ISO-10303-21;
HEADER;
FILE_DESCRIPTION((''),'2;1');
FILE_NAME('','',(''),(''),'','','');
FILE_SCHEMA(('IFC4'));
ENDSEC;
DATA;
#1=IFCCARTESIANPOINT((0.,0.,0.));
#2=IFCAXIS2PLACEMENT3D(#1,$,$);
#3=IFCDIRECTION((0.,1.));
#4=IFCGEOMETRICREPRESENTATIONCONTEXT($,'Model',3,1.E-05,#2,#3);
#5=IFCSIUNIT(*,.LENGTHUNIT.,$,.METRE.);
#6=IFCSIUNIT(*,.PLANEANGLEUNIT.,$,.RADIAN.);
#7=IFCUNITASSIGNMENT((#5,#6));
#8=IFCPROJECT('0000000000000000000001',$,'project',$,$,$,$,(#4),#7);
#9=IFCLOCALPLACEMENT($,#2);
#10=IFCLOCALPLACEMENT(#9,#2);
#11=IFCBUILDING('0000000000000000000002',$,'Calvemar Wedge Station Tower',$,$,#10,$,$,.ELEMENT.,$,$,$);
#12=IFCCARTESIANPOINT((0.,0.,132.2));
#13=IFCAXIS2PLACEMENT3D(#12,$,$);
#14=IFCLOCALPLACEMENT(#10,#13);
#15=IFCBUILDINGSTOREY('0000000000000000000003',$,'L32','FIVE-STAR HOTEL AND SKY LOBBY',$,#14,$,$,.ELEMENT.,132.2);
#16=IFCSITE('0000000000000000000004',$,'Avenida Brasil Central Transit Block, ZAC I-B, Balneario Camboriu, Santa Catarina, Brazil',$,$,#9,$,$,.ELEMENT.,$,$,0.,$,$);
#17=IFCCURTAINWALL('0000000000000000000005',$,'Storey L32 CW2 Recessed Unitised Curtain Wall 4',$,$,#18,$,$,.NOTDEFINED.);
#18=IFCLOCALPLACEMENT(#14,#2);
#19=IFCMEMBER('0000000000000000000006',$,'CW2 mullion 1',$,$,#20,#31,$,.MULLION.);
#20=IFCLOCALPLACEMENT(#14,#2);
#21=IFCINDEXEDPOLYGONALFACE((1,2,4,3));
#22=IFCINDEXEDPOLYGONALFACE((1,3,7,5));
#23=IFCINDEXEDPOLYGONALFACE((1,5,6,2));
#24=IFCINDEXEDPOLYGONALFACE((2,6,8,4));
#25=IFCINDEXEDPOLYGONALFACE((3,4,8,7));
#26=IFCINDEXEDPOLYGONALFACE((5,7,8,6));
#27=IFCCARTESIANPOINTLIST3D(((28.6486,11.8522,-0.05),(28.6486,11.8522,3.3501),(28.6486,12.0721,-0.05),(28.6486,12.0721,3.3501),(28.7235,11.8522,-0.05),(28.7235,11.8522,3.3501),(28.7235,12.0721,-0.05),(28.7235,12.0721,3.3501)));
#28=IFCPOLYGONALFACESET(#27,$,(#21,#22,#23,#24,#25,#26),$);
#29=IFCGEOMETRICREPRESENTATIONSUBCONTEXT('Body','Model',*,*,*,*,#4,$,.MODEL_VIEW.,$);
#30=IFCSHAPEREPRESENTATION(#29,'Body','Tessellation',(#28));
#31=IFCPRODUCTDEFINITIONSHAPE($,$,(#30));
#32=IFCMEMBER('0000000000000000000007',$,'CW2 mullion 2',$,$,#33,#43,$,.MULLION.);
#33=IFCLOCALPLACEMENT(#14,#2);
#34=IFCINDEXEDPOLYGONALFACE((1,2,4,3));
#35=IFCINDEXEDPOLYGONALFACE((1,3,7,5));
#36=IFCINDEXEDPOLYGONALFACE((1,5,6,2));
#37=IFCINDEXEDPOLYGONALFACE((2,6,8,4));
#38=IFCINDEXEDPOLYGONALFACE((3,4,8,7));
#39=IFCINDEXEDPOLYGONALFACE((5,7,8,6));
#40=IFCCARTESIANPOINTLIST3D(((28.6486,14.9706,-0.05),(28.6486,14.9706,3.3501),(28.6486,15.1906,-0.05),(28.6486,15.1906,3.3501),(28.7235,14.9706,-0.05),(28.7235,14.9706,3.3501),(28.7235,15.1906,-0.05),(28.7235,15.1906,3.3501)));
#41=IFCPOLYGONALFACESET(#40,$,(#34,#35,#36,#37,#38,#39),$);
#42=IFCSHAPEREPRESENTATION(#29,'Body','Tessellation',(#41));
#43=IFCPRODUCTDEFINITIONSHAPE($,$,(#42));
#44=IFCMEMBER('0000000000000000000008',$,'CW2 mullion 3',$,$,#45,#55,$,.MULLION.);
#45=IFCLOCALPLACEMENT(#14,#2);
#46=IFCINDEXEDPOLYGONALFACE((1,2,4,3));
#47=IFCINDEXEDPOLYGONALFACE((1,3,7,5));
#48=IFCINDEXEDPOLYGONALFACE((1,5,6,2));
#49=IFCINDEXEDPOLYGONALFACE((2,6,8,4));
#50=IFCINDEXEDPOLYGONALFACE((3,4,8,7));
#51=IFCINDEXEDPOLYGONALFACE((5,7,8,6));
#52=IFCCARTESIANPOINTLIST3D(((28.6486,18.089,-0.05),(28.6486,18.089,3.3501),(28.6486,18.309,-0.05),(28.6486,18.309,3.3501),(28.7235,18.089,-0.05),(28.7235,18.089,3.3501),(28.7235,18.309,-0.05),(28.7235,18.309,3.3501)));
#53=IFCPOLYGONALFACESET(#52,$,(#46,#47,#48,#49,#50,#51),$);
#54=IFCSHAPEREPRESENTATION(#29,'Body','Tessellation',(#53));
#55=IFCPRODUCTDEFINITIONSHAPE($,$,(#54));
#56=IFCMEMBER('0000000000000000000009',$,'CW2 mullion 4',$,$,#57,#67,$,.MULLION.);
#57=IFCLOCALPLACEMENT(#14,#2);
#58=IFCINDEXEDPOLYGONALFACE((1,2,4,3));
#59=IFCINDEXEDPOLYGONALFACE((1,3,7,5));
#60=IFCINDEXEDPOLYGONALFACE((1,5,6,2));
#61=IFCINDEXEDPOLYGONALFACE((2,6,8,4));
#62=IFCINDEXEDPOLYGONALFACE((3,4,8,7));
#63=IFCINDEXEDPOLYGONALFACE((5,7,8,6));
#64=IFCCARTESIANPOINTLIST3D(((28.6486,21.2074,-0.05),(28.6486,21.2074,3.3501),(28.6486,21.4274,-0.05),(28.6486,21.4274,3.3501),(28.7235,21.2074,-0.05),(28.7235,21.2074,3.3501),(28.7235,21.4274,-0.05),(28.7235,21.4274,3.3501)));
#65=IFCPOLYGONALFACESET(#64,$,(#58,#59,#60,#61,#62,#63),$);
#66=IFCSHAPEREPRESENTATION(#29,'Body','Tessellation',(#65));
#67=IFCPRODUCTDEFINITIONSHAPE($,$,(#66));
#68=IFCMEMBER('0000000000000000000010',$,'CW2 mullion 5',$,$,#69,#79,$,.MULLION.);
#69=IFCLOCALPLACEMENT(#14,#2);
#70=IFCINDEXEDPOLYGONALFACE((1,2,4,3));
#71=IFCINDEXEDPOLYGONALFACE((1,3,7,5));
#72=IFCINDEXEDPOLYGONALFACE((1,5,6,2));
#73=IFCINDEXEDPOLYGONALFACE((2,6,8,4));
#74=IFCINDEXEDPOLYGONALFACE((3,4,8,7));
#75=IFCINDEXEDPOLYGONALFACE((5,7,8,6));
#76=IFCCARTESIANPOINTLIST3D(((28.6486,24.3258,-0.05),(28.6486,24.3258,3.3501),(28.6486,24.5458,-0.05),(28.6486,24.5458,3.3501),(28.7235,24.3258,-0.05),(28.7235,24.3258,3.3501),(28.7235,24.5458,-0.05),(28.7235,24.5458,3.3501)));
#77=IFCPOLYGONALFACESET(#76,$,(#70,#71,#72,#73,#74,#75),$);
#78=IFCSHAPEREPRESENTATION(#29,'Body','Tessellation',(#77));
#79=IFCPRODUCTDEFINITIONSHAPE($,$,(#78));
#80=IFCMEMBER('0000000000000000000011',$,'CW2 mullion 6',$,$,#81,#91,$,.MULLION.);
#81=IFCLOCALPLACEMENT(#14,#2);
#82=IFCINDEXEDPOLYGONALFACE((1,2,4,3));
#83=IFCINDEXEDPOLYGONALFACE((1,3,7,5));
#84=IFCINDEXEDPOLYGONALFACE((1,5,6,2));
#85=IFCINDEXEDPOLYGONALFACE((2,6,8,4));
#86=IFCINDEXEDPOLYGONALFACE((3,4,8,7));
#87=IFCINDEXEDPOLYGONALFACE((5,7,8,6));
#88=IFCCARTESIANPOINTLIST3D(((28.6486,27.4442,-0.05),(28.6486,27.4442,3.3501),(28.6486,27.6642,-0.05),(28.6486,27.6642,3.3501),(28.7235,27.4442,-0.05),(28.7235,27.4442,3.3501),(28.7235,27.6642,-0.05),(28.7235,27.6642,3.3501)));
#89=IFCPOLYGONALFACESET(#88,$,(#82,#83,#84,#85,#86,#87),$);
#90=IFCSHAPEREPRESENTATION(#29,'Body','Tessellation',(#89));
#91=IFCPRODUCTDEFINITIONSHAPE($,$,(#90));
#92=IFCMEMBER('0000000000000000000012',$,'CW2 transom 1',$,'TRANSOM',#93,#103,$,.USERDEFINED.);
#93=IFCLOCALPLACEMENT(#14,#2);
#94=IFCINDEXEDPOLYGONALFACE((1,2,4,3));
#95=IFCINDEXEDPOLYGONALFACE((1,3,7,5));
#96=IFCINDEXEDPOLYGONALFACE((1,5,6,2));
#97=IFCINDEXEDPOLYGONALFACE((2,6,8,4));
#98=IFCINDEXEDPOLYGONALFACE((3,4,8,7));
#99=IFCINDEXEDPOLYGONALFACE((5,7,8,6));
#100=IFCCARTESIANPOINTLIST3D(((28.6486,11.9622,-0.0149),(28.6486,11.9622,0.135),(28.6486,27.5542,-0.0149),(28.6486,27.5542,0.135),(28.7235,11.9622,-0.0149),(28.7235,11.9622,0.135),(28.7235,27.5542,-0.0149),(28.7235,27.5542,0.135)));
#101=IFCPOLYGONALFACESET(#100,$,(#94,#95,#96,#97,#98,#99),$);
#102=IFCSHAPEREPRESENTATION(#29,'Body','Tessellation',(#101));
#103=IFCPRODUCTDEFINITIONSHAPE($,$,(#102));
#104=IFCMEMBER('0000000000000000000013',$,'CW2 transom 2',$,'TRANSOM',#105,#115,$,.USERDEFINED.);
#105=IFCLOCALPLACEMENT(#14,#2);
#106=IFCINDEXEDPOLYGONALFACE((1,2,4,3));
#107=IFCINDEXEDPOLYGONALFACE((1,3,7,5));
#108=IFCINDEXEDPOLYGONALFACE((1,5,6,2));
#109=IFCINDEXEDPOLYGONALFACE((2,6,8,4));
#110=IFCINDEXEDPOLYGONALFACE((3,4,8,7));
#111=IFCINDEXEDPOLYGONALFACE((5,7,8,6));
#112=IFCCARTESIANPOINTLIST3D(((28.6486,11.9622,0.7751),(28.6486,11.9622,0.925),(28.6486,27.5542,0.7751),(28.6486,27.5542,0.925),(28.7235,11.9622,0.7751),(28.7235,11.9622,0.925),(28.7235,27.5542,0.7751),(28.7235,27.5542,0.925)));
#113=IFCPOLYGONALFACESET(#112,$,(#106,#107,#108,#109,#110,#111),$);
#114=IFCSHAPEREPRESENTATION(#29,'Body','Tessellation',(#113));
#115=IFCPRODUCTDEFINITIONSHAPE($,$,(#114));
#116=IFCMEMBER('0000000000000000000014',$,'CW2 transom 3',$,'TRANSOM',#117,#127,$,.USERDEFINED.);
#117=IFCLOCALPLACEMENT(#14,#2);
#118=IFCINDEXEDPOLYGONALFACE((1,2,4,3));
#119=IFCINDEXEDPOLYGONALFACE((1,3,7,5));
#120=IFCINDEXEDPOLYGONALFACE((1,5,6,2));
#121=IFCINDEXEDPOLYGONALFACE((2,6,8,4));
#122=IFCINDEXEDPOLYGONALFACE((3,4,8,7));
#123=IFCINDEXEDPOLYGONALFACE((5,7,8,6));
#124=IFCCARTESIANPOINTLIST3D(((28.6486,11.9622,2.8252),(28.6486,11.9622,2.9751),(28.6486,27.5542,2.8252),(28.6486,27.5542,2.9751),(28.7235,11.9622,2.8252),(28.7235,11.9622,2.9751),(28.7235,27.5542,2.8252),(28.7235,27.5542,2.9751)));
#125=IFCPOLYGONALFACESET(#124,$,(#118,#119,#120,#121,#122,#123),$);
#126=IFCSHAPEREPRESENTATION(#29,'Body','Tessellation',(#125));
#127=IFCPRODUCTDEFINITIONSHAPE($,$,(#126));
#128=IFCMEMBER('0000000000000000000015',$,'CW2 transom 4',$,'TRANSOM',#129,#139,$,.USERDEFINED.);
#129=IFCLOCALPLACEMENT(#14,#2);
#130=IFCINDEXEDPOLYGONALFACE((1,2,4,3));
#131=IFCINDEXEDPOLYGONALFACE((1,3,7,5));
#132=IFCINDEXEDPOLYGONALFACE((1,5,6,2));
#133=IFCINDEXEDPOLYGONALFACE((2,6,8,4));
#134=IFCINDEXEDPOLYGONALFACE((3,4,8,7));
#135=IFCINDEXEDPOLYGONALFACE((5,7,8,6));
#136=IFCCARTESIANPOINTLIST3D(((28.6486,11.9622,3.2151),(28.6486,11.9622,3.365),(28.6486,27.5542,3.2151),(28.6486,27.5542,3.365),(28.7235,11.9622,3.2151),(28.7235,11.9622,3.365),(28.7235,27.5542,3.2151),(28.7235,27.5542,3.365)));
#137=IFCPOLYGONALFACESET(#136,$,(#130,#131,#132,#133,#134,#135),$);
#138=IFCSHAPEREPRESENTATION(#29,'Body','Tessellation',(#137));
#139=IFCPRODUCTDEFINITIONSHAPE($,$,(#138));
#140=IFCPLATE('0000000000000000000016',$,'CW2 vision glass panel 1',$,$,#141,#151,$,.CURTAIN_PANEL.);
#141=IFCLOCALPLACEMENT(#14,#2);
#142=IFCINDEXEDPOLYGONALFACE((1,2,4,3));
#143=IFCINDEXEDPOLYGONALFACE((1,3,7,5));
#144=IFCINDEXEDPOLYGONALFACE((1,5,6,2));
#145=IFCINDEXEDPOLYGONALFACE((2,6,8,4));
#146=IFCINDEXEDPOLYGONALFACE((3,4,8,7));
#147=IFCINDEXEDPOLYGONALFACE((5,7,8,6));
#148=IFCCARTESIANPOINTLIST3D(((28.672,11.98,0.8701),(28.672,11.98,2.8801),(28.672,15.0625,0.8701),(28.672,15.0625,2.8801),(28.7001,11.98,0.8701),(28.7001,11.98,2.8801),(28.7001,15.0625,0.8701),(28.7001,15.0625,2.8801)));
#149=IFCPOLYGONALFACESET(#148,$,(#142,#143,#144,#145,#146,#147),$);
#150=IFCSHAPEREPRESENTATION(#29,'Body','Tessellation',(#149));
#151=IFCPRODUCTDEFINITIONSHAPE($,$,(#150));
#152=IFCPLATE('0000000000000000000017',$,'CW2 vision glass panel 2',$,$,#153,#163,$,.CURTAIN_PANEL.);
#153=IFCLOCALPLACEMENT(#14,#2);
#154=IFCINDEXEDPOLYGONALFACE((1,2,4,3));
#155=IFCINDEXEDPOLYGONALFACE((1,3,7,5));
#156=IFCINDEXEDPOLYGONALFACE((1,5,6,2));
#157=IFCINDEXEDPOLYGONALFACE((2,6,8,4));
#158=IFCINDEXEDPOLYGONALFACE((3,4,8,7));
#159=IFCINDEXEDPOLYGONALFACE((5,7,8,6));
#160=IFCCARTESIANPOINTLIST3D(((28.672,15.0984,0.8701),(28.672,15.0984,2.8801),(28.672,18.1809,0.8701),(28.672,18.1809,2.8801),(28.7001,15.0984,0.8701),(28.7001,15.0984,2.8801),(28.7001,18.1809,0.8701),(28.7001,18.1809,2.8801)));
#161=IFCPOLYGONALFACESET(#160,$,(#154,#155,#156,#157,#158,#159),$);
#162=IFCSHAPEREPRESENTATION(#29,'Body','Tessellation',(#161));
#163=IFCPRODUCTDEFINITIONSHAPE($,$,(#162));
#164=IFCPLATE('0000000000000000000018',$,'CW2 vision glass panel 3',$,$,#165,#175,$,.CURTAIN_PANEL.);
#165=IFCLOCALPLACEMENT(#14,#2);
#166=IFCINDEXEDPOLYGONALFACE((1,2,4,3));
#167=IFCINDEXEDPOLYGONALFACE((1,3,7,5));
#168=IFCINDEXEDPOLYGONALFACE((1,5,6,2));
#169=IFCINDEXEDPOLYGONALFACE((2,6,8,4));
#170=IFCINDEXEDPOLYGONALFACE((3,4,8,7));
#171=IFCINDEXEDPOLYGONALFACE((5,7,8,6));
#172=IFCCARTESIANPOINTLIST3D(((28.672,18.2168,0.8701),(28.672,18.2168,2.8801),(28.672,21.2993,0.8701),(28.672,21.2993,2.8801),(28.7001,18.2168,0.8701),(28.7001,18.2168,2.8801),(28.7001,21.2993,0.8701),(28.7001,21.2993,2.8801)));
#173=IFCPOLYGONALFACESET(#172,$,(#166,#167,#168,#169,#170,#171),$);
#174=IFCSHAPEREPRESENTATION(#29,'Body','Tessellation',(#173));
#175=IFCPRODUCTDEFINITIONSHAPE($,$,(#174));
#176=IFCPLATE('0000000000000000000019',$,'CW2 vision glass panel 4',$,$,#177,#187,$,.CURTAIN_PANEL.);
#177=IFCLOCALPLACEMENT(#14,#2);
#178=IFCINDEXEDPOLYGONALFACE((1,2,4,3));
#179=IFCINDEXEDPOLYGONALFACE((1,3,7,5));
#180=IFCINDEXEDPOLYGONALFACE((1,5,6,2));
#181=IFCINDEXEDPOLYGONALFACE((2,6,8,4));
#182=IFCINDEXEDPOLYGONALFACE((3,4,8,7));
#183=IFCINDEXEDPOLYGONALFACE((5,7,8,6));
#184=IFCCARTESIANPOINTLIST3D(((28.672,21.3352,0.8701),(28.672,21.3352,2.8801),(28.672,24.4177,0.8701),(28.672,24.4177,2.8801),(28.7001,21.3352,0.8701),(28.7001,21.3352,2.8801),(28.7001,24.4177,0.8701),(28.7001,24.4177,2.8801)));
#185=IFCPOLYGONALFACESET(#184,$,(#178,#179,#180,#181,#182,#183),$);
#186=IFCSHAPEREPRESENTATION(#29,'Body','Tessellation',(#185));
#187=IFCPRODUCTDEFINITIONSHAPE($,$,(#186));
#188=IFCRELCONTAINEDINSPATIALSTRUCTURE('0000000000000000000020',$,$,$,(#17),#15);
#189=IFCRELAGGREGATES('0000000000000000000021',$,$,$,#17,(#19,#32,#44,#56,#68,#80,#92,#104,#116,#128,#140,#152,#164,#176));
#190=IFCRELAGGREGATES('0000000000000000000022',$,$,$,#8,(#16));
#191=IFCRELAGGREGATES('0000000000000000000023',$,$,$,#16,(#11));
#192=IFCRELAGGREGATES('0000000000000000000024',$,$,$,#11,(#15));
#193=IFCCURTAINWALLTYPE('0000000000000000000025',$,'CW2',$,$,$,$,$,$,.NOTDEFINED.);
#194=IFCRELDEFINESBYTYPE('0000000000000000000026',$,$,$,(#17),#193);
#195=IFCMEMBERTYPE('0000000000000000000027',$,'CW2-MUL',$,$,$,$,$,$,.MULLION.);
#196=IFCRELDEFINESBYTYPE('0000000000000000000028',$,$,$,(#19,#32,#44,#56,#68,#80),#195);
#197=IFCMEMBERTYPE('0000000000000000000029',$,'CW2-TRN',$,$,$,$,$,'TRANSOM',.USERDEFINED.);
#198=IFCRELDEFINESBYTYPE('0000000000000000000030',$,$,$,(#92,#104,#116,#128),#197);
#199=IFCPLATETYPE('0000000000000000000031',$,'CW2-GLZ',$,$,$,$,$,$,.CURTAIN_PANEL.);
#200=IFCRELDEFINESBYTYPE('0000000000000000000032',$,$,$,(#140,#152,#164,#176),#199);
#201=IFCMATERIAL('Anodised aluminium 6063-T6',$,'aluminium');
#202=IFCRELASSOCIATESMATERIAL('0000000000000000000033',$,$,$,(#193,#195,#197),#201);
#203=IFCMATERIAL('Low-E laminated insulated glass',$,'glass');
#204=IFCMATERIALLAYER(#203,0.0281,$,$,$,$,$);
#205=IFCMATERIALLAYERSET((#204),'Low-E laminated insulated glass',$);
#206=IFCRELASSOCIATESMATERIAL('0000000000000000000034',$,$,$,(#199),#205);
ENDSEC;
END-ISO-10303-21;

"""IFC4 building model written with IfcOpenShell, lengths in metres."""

from ifc_helpers import new_model, si_unit, direction, frame, frame_2d, origin, origin_2d, place, context, subcontext, project, spatial, rectangle, extrude, source, transform, mapped, material, layer, layer_set, material_profile, profile_set, type_object, element, aggregate, save


model = new_model("IFC4")

# Units and contexts
model_context = context("Model", 3, precision=1e-05, world=origin(), true_north=direction((0.0, 1.0)))
body_context = subcontext(model_context, "Body", "Model", "MODEL_VIEW")
ifc_project = project(units=[si_unit("LENGTHUNIT", "METRE"), si_unit("PLANEANGLEUNIT", "RADIAN")], contexts=[model_context])

# Site, building, storey
site_placement = place(None, origin())
site = spatial("IfcSite", under=ifc_project, at=site_placement, Name="Avenida Brasil Central Transit Block, ZAC I-B, Balneario Camboriu, Santa Catarina, Brazil", CompositionType="ELEMENT", RefElevation=0.0)
building_placement = place(site_placement, origin())
building = spatial("IfcBuilding", under=site, at=building_placement, Name="Calvemar Wedge Station Tower", CompositionType="ELEMENT")
storey_placement = place(building_placement, frame((0.0, 0.0, 132.2)))
storey = spatial("IfcBuildingStorey", under=building, at=storey_placement, Name="L32", Description="FIVE-STAR HOTEL AND SKY LOBBY", CompositionType="ELEMENT", Elevation=132.2)

# Curtain wall, members, plates
ifc_material_1 = material(Name="Anodised aluminium 6063-T6", Category="aluminium")
curtain_wall_type = type_object("IfcCurtainWallType", Name="CW2", PredefinedType="NOTDEFINED", material=ifc_material_1)
curtain_wall_placement = place(storey_placement, origin())
curtain_wall = element("IfcCurtainWall", 1, at=curtain_wall_placement, inside=storey, type_object=curtain_wall_type, Name="Storey L32 CW2 Recessed Unitised Curtain Wall 4", PredefinedType="NOTDEFINED")
ifc_material_profile_1 = material_profile(ifc_material_1, rectangle(XDim=0.075, YDim=0.22, at=origin_2d()), Name="AL-MUL-75x220")
ifc_profile_set_1 = profile_set([ifc_material_profile_1], Name="Anodised aluminium 6063-T6")
member_type_1 = type_object("IfcMemberType", Name="CW2-MUL", PredefinedType="MULLION", material=ifc_profile_set_1)
shared_shape_1 = source(origin(), body_context, "Body", "SweptSolid", [
    extrude(rectangle(XDim=0.075, YDim=0.22, at=origin_2d()), origin(), (0.0, 0.0, 1.0), 3.4001),
])
member_1_placement = place(storey_placement, frame((28.686, 11.9622, -0.05), z_axis=(0.0, 0.0, 1.0), x_axis=(1.0, 0.0, 0.0)))
member_1 = element("IfcMember", 2, at=member_1_placement, type_object=member_type_1, Name="CW2 mullion 1", PredefinedType="MULLION", context=body_context, shape_type="MappedRepresentation", body=[
    mapped(shared_shape_1, transform((0.0, 0.0, 0.0), scale=1.0)),
])
member_2_placement = place(storey_placement, frame((28.686, 15.0806, -0.05), z_axis=(0.0, 0.0, 1.0), x_axis=(1.0, 0.0, 0.0)))
member_2 = element("IfcMember", 3, at=member_2_placement, type_object=member_type_1, Name="CW2 mullion 2", PredefinedType="MULLION", context=body_context, shape_type="MappedRepresentation", body=[
    mapped(shared_shape_1, transform((0.0, 0.0, 0.0), scale=1.0)),
])
member_3_placement = place(storey_placement, frame((28.686, 18.199, -0.05), z_axis=(0.0, 0.0, 1.0), x_axis=(1.0, 0.0, 0.0)))
member_3 = element("IfcMember", 4, at=member_3_placement, type_object=member_type_1, Name="CW2 mullion 3", PredefinedType="MULLION", context=body_context, shape_type="MappedRepresentation", body=[
    mapped(shared_shape_1, transform((0.0, 0.0, 0.0), scale=1.0)),
])
member_4_placement = place(storey_placement, frame((28.686, 21.3174, -0.05), z_axis=(0.0, 0.0, 1.0), x_axis=(1.0, 0.0, 0.0)))
member_4 = element("IfcMember", 5, at=member_4_placement, type_object=member_type_1, Name="CW2 mullion 4", PredefinedType="MULLION", context=body_context, shape_type="MappedRepresentation", body=[
    mapped(shared_shape_1, transform((0.0, 0.0, 0.0), scale=1.0)),
])
member_5_placement = place(storey_placement, frame((28.686, 24.4358, -0.05), z_axis=(0.0, 0.0, 1.0), x_axis=(1.0, 0.0, 0.0)))
member_5 = element("IfcMember", 6, at=member_5_placement, type_object=member_type_1, Name="CW2 mullion 5", PredefinedType="MULLION", context=body_context, shape_type="MappedRepresentation", body=[
    mapped(shared_shape_1, transform((0.0, 0.0, 0.0), scale=1.0)),
])
member_6_placement = place(storey_placement, frame((28.686, 27.5542, -0.05), z_axis=(0.0, 0.0, 1.0), x_axis=(1.0, 0.0, 0.0)))
member_6 = element("IfcMember", 7, at=member_6_placement, type_object=member_type_1, Name="CW2 mullion 6", PredefinedType="MULLION", context=body_context, shape_type="MappedRepresentation", body=[
    mapped(shared_shape_1, transform((0.0, 0.0, 0.0), scale=1.0)),
])
ifc_material_profile_2 = material_profile(ifc_material_1, rectangle(XDim=0.075, YDim=0.1499, at=origin_2d()), Name="AL-TRN-75x150")
ifc_profile_set_2 = profile_set([ifc_material_profile_2], Name="Anodised aluminium 6063-T6")
member_type_2 = type_object("IfcMemberType", Name="CW2-TRN", ElementType="TRANSOM", PredefinedType="USERDEFINED", material=ifc_profile_set_2)
shared_shape_2 = source(origin(), body_context, "Body", "SweptSolid", [
    extrude(rectangle(XDim=0.075, YDim=0.1499, at=origin_2d()), origin(), (0.0, 0.0, 1.0), 15.592),
])
member_7_placement = place(storey_placement, frame((28.686, 11.9622, 0.0601), z_axis=(0.0, 1.0, 0.0), x_axis=(-1.0, 0.0, 0.0)))
member_7 = element("IfcMember", 8, at=member_7_placement, type_object=member_type_2, Name="CW2 transom 1", ObjectType="TRANSOM", PredefinedType="USERDEFINED", context=body_context, shape_type="MappedRepresentation", body=[
    mapped(shared_shape_2, transform((0.0, 0.0, 0.0), scale=1.0)),
])
member_8_placement = place(storey_placement, frame((28.686, 11.9622, 0.8501), z_axis=(0.0, 1.0, 0.0), x_axis=(-1.0, 0.0, 0.0)))
member_8 = element("IfcMember", 9, at=member_8_placement, type_object=member_type_2, Name="CW2 transom 2", ObjectType="TRANSOM", PredefinedType="USERDEFINED", context=body_context, shape_type="MappedRepresentation", body=[
    mapped(shared_shape_2, transform((0.0, 0.0, 0.0), scale=1.0)),
])
member_9_placement = place(storey_placement, frame((28.686, 11.9622, 2.9001), z_axis=(0.0, 1.0, 0.0), x_axis=(-1.0, 0.0, 0.0)))
member_9 = element("IfcMember", 10, at=member_9_placement, type_object=member_type_2, Name="CW2 transom 3", ObjectType="TRANSOM", PredefinedType="USERDEFINED", context=body_context, shape_type="MappedRepresentation", body=[
    mapped(shared_shape_2, transform((0.0, 0.0, 0.0), scale=1.0)),
])
member_10_placement = place(storey_placement, frame((28.686, 11.9622, 3.29), z_axis=(0.0, 1.0, 0.0), x_axis=(-1.0, 0.0, 0.0)))
member_10 = element("IfcMember", 11, at=member_10_placement, type_object=member_type_2, Name="CW2 transom 4", ObjectType="TRANSOM", PredefinedType="USERDEFINED", context=body_context, shape_type="MappedRepresentation", body=[
    mapped(shared_shape_2, transform((0.0, 0.0, 0.0), scale=1.0)),
])
ifc_material_2 = material(Name="Low-E laminated insulated glass", Category="glass")
ifc_layer_1 = layer(ifc_material_2, 0.0281)
ifc_layer_set_1 = layer_set([ifc_layer_1], Name="Low-E laminated insulated glass")
plate_type_1 = type_object("IfcPlateType", Name="CW2-GLZ", PredefinedType="CURTAIN_PANEL", material=ifc_layer_set_1)
plate_1_placement = place(storey_placement, frame((28.686, 11.98, 0.8701), z_axis=(0.0, 0.0, 1.0), x_axis=(0.0, 1.0, 0.0)))
plate_1 = element("IfcPlate", 12, at=plate_1_placement, type_object=plate_type_1, Name="CW2 vision glass panel 1", PredefinedType="CURTAIN_PANEL", context=body_context, shape_type="SweptSolid", body=[
    extrude(rectangle(XDim=3.0825, YDim=0.0281, at=frame_2d((1.5413, 0.0))), origin(), (0.0, 0.0, 1.0), 2.01),
])
plate_2_placement = place(storey_placement, frame((28.686, 15.0984, 0.8701), z_axis=(0.0, 0.0, 1.0), x_axis=(0.0, 1.0, 0.0)))
plate_2 = element("IfcPlate", 13, at=plate_2_placement, type_object=plate_type_1, Name="CW2 vision glass panel 2", PredefinedType="CURTAIN_PANEL", context=body_context, shape_type="SweptSolid", body=[
    extrude(rectangle(XDim=3.0825, YDim=0.0281, at=frame_2d((1.5413, 0.0))), origin(), (0.0, 0.0, 1.0), 2.01),
])
plate_3_placement = place(storey_placement, frame((28.686, 18.2168, 0.8701), z_axis=(0.0, 0.0, 1.0), x_axis=(0.0, 1.0, 0.0)))
plate_3 = element("IfcPlate", 14, at=plate_3_placement, type_object=plate_type_1, Name="CW2 vision glass panel 3", PredefinedType="CURTAIN_PANEL", context=body_context, shape_type="SweptSolid", body=[
    extrude(rectangle(XDim=3.0825, YDim=0.0281, at=frame_2d((1.5413, 0.0))), origin(), (0.0, 0.0, 1.0), 2.01),
])
plate_4_placement = place(storey_placement, frame((28.686, 21.3352, 0.8701), z_axis=(0.0, 0.0, 1.0), x_axis=(0.0, 1.0, 0.0)))
plate_4 = element("IfcPlate", 15, at=plate_4_placement, type_object=plate_type_1, Name="CW2 vision glass panel 4", PredefinedType="CURTAIN_PANEL", context=body_context, shape_type="SweptSolid", body=[
    extrude(rectangle(XDim=3.0825, YDim=0.0281, at=frame_2d((1.5413, 0.0))), origin(), (0.0, 0.0, 1.0), 2.01),
])
aggregate(curtain_wall, [member_1, member_2, member_3, member_4, member_5, member_6, member_7, member_8, member_9, member_10, plate_1, plate_2, plate_3, plate_4])

save(model, "model.ifc")
